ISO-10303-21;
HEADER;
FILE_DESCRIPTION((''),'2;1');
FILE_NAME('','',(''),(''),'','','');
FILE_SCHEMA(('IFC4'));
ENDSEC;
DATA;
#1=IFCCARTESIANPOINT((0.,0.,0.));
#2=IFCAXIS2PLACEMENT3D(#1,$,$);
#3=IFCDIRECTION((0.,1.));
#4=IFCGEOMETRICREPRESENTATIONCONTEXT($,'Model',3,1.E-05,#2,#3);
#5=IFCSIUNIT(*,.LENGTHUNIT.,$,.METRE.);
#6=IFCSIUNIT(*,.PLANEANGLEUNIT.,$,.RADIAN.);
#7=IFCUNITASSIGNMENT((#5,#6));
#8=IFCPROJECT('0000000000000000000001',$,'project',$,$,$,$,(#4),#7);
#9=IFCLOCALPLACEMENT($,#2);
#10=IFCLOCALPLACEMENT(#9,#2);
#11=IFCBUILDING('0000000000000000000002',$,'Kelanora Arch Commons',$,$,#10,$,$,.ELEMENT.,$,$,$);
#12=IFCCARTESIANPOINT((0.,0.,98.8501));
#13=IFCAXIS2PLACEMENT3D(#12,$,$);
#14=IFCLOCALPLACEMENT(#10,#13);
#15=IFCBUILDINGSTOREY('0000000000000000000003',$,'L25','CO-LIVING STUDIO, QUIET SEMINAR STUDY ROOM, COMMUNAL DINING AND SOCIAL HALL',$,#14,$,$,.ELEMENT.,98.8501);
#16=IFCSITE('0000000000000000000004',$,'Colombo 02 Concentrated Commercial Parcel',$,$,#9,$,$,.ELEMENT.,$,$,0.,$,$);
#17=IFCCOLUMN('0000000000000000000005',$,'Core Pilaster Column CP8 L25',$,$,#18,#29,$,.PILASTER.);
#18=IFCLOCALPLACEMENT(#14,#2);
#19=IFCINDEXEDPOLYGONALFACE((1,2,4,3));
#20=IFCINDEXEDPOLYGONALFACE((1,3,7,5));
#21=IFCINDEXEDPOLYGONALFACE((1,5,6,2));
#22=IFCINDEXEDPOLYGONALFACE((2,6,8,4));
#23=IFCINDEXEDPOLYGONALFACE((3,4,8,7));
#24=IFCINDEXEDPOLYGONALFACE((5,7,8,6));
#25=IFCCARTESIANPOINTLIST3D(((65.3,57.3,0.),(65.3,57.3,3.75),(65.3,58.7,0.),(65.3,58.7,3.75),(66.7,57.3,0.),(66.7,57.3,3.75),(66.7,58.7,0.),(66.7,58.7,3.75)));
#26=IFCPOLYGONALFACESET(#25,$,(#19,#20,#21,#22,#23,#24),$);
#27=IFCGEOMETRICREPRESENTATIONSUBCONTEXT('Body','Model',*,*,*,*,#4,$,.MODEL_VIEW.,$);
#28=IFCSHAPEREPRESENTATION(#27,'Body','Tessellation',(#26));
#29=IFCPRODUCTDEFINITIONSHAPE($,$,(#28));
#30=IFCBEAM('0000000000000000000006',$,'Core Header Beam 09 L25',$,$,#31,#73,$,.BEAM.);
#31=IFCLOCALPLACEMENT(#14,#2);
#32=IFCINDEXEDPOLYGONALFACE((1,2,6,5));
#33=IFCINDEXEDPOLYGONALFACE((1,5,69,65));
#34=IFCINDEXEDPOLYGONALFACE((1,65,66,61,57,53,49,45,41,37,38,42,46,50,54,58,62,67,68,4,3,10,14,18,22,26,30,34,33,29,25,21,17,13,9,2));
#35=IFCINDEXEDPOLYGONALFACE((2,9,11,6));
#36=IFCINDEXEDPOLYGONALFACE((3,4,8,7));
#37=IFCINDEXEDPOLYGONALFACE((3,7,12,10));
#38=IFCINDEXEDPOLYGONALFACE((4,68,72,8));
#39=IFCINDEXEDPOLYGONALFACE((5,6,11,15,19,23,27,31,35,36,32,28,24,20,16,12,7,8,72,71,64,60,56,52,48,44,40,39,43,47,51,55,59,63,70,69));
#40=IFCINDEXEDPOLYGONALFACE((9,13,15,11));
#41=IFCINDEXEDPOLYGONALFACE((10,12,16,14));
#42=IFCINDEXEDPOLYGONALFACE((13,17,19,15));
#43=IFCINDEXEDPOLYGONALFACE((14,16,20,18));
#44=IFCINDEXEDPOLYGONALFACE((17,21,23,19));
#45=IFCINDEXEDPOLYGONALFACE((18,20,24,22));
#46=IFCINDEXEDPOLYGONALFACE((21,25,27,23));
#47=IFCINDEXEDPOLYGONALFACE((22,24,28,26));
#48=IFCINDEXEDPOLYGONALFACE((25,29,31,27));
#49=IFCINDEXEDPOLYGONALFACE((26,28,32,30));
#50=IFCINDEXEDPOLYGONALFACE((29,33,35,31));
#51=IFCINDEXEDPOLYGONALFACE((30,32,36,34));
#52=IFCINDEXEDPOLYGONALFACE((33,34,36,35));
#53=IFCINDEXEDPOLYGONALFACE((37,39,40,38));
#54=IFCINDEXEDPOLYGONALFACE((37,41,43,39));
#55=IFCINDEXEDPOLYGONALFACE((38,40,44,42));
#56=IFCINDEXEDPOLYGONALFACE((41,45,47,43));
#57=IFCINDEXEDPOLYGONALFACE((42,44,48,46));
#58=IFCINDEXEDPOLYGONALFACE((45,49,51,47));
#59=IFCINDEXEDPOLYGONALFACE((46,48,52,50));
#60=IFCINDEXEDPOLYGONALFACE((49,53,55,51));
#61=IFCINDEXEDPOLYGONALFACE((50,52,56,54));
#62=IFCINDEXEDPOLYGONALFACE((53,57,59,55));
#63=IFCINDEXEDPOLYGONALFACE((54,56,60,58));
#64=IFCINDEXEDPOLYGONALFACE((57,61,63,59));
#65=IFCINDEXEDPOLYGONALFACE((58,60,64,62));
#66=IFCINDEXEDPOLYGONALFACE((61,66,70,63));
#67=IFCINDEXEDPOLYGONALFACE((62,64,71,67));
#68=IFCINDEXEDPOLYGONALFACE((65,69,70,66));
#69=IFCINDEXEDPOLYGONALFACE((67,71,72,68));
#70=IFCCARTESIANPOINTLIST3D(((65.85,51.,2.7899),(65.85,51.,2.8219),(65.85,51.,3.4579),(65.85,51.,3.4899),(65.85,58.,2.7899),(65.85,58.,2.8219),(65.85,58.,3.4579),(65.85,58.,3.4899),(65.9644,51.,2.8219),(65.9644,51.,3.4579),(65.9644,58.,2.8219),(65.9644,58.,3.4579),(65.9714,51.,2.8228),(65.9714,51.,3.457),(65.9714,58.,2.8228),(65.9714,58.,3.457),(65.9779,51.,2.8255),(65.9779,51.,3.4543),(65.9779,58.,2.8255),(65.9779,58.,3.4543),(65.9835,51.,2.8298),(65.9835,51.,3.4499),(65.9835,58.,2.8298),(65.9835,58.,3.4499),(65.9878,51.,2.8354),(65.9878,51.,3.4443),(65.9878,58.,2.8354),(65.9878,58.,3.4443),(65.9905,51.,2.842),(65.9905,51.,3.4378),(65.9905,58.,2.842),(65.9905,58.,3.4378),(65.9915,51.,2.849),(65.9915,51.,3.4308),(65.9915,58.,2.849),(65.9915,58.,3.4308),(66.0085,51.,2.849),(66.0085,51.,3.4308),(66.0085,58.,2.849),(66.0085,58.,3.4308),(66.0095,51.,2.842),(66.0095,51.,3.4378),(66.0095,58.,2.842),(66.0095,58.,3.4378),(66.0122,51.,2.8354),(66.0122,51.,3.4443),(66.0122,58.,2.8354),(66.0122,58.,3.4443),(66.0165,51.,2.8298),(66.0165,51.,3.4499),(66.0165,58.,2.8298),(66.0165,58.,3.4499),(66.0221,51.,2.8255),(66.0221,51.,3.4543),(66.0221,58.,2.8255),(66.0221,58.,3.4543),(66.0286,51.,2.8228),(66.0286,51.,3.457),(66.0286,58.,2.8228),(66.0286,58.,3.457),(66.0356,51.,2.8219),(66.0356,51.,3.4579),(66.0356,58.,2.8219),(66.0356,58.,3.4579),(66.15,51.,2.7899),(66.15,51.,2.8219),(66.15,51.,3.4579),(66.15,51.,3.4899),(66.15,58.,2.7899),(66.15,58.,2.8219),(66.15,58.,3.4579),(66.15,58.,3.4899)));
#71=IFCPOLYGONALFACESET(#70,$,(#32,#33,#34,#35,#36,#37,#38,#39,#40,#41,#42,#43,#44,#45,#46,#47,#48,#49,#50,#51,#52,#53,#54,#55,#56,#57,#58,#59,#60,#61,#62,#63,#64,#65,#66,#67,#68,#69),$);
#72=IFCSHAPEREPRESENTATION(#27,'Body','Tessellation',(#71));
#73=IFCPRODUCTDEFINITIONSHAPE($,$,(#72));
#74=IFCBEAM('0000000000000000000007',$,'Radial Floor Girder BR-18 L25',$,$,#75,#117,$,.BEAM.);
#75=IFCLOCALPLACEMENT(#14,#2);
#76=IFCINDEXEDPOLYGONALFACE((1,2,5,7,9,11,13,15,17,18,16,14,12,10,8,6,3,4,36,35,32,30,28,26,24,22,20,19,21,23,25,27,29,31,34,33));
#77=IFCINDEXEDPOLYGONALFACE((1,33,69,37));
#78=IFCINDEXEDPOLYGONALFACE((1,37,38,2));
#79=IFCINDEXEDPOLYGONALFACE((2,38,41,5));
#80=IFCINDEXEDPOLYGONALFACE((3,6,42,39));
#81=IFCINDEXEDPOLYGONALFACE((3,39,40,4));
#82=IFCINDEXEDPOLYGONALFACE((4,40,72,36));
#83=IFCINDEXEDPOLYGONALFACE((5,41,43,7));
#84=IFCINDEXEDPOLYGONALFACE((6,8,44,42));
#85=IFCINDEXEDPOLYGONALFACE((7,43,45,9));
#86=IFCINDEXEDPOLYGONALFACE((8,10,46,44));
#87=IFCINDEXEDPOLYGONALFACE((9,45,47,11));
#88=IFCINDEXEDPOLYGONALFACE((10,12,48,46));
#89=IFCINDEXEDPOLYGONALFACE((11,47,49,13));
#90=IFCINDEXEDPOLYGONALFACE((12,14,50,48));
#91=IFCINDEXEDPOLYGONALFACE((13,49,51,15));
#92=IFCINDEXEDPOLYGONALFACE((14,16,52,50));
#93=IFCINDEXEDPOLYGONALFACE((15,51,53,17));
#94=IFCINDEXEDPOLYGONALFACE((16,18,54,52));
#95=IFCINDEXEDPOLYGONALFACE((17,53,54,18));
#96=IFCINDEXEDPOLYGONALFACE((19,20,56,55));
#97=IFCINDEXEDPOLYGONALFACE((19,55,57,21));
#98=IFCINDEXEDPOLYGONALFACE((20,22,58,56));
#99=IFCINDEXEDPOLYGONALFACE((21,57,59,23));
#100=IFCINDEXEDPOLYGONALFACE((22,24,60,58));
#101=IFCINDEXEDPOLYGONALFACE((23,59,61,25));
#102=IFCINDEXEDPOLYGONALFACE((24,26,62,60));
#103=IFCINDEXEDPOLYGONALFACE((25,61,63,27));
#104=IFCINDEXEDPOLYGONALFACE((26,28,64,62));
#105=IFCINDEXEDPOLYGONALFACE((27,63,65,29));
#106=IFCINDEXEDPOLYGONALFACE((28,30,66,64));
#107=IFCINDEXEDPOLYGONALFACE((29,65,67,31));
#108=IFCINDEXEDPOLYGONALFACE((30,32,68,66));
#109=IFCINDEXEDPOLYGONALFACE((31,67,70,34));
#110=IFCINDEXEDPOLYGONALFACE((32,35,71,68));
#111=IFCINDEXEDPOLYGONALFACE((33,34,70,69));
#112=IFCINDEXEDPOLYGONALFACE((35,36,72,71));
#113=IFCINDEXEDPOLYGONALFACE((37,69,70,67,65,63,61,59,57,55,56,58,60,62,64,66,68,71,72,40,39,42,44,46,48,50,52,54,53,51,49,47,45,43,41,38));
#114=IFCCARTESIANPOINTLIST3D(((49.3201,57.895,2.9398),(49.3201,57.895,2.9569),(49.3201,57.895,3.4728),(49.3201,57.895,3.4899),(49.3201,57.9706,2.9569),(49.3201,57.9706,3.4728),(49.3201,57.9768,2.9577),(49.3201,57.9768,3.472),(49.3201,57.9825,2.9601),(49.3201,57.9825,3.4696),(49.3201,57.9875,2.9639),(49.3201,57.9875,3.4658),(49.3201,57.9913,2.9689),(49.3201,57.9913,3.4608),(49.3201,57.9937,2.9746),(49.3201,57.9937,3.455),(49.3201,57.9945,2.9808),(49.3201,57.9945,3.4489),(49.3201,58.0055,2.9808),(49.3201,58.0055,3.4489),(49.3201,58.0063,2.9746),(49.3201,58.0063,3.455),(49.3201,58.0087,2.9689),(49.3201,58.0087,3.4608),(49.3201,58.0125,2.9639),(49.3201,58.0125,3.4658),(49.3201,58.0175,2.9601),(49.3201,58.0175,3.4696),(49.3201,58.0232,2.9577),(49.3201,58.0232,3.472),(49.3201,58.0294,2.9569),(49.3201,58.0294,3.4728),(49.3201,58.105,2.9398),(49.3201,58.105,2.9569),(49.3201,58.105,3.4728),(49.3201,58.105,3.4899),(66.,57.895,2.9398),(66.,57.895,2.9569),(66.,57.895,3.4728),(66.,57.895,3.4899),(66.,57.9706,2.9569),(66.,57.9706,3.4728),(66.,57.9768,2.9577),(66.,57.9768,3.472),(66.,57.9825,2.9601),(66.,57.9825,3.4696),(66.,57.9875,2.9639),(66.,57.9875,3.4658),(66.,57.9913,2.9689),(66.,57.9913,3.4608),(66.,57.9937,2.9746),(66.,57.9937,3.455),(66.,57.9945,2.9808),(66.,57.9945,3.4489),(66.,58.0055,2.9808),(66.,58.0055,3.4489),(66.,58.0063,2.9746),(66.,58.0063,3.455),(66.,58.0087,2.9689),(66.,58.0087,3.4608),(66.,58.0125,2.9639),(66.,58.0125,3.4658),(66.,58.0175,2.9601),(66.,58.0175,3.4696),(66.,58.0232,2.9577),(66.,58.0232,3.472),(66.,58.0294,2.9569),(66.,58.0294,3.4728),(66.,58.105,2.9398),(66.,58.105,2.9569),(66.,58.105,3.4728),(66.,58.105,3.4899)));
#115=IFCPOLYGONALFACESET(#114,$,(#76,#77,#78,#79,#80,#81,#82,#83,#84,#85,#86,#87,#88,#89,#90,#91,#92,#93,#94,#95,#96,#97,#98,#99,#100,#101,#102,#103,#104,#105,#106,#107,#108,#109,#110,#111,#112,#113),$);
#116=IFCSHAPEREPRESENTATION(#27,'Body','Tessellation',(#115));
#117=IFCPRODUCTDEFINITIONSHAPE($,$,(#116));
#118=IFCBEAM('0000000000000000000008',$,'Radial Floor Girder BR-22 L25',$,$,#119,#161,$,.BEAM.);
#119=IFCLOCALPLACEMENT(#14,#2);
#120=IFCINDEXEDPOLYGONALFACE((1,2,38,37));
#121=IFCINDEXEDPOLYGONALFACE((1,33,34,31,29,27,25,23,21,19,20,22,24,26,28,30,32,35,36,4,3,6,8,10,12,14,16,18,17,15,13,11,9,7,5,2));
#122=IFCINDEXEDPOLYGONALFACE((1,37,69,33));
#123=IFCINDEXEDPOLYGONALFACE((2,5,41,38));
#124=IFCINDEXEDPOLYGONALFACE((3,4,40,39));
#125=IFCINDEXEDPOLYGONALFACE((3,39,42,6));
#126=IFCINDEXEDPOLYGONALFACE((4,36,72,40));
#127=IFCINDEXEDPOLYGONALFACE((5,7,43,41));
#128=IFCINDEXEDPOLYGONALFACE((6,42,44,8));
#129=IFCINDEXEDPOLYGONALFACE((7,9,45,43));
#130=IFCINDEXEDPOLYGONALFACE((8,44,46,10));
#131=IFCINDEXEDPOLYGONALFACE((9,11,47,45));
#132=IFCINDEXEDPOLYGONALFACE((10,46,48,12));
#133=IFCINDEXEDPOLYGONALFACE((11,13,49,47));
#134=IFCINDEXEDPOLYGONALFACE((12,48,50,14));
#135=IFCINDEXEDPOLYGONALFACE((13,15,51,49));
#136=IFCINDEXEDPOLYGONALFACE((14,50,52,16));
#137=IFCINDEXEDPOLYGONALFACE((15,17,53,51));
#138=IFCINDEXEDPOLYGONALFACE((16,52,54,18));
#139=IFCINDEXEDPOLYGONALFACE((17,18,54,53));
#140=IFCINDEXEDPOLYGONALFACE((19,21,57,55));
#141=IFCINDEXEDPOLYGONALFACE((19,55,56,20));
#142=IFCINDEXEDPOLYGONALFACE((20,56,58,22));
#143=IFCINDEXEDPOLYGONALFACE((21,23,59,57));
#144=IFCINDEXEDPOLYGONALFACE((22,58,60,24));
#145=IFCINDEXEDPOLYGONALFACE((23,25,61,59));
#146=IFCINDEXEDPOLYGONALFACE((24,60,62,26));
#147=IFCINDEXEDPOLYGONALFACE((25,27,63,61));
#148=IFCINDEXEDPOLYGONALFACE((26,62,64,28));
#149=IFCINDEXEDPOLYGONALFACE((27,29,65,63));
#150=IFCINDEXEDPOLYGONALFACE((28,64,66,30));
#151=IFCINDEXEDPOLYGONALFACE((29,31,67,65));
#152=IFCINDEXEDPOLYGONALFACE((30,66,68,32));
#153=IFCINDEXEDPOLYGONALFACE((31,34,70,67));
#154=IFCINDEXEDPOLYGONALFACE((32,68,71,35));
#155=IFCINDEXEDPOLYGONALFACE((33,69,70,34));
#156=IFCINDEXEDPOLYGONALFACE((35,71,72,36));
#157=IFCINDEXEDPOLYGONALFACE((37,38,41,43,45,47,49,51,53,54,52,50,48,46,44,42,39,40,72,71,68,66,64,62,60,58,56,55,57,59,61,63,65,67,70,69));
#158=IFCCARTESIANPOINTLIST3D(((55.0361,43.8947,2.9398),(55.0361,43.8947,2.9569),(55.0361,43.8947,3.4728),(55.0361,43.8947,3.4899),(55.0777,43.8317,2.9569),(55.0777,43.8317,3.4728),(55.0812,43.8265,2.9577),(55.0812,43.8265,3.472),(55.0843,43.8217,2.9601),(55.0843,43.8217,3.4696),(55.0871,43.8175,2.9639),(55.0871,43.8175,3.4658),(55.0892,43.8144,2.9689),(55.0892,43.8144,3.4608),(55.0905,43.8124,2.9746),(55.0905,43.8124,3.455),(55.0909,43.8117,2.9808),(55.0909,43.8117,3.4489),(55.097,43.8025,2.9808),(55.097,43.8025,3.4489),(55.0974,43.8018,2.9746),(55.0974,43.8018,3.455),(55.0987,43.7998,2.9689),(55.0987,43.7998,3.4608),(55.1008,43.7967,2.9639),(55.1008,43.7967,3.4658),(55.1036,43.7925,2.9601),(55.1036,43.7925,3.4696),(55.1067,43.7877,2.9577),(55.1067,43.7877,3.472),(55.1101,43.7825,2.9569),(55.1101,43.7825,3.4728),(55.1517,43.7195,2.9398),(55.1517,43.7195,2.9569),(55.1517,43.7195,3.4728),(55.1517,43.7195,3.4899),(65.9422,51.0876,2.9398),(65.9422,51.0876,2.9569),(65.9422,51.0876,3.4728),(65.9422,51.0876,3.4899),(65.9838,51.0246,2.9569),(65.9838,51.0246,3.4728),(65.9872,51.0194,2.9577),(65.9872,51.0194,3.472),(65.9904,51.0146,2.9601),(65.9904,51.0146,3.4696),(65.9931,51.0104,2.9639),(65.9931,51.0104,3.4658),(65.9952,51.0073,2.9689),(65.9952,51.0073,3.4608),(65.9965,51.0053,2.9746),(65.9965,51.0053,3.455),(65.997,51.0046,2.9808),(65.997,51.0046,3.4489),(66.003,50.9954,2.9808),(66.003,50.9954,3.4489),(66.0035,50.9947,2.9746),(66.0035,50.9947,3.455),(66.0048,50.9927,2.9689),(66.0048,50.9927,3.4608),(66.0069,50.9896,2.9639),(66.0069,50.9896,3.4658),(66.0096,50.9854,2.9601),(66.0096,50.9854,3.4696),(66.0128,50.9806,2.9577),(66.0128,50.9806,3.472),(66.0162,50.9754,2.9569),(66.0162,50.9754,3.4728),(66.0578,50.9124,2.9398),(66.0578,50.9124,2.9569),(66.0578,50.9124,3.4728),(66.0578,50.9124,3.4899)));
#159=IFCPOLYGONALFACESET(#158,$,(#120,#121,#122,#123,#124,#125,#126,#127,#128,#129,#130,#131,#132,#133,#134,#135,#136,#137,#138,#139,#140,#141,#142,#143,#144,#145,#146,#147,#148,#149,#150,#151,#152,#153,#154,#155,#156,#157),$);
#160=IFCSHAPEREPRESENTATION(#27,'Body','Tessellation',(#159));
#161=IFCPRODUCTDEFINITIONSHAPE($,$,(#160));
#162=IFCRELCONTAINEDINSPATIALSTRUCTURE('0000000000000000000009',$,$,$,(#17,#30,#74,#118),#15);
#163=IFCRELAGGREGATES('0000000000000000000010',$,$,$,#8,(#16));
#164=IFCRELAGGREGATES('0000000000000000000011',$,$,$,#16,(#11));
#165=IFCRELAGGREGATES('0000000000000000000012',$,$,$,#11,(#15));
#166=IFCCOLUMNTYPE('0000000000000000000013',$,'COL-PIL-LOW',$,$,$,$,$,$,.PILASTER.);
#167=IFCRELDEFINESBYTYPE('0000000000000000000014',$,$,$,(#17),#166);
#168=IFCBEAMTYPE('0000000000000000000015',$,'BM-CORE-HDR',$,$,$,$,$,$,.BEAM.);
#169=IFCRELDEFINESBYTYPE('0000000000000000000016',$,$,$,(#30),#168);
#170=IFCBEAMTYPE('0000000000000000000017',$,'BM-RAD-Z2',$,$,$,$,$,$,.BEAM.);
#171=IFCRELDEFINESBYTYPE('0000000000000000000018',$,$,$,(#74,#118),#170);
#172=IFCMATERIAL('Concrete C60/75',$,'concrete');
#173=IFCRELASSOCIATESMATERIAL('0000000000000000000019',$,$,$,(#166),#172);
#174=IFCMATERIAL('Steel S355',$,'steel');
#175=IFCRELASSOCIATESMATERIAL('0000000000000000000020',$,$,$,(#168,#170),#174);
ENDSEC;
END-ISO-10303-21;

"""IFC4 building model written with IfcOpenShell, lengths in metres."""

from ifc_helpers import new_model, si_unit, direction, frame, origin, origin_2d, place, context, subcontext, project, spatial, rectangle, i_section, extrude, material, material_profile, profile_set, type_object, element, save


model = new_model("IFC4")

# Units and contexts
model_context = context("Model", 3, precision=1e-05, world=origin(), true_north=direction((0.0, 1.0)))
body_context = subcontext(model_context, "Body", "Model", "MODEL_VIEW")
ifc_project = project(units=[si_unit("LENGTHUNIT", "METRE"), si_unit("PLANEANGLEUNIT", "RADIAN")], contexts=[model_context])

# Site, building, storey
site_placement = place(None, origin())
site = spatial("IfcSite", under=ifc_project, at=site_placement, Name="Colombo 02 Concentrated Commercial Parcel", CompositionType="ELEMENT", RefElevation=0.0)
building_placement = place(site_placement, origin())
building = spatial("IfcBuilding", under=site, at=building_placement, Name="Kelanora Arch Commons", CompositionType="ELEMENT")
storey_placement = place(building_placement, frame((0.0, 0.0, 98.8501)))
storey = spatial("IfcBuildingStorey", under=building, at=storey_placement, Name="L25", Description="CO-LIVING STUDIO, QUIET SEMINAR STUDY ROOM, COMMUNAL DINING AND SOCIAL HALL", CompositionType="ELEMENT", Elevation=98.8501)

# Column
ifc_material_1 = material(Name="Concrete C60/75", Category="concrete")
ifc_material_profile_1 = material_profile(ifc_material_1, rectangle(XDim=1.3999, YDim=1.3999, at=origin_2d()), Name="RC1400x1400")
ifc_profile_set_1 = profile_set([ifc_material_profile_1], Name="Concrete C60/75")
column_type = type_object("IfcColumnType", Name="COL-PIL-LOW", PredefinedType="PILASTER", material=ifc_profile_set_1)
column_placement = place(storey_placement, frame((66.0, 58.0, 0.0), z_axis=(0.0, 0.0, 1.0), x_axis=(1.0, 0.0, 0.0)))
element("IfcColumn", 1, at=column_placement, inside=storey, type_object=column_type, Name="Core Pilaster Column CP8 L25", PredefinedType="PILASTER", context=body_context, shape_type="SweptSolid", body=[
    extrude(rectangle(XDim=1.3999, YDim=1.3999, at=origin_2d()), origin(), (0.0, 0.0, 1.0), 3.75),
])

# Beams
ifc_material_2 = material(Name="Steel S355", Category="steel")
ifc_material_profile_2 = material_profile(ifc_material_2, i_section(OverallWidth=0.3, OverallDepth=0.7, WebThickness=0.0171, FlangeThickness=0.032, FilletRadius=0.0271, at=origin_2d()), Name="HEB700")
ifc_profile_set_2 = profile_set([ifc_material_profile_2], Name="Steel S355")
beam_type_1 = type_object("IfcBeamType", Name="BM-CORE-HDR", PredefinedType="BEAM", material=ifc_profile_set_2)
beam_1_placement = place(storey_placement, frame((66.0, 58.0, 3.1399), z_axis=(0.0, -1.0, 0.0), x_axis=(1.0, 0.0, 0.0)))
element("IfcBeam", 2, at=beam_1_placement, inside=storey, type_object=beam_type_1, Name="Core Header Beam 09 L25", PredefinedType="BEAM", context=body_context, shape_type="SweptSolid", body=[
    extrude(i_section(OverallWidth=0.3, OverallDepth=0.7, WebThickness=0.0171, FlangeThickness=0.032, FilletRadius=0.0271, at=origin_2d()), origin(), (0.0, 0.0, 1.0), 7.0),
])
ifc_material_profile_3 = material_profile(ifc_material_2, i_section(OverallWidth=0.21, OverallDepth=0.55, WebThickness=0.011, FlangeThickness=0.0171, FilletRadius=0.0239, at=origin_2d()), Name="IPE550")
ifc_profile_set_3 = profile_set([ifc_material_profile_3], Name="Steel S355")
beam_type_2 = type_object("IfcBeamType", Name="BM-RAD-Z2", PredefinedType="BEAM", material=ifc_profile_set_3)
beam_2_placement = place(storey_placement, frame((66.0, 58.0, 3.2148), z_axis=(-1.0, 0.0, 0.0), x_axis=(0.0, -1.0, 0.0)))
element("IfcBeam", 3, at=beam_2_placement, inside=storey, type_object=beam_type_2, Name="Radial Floor Girder BR-18 L25", PredefinedType="BEAM", context=body_context, shape_type="SweptSolid", body=[
    extrude(i_section(OverallWidth=0.21, OverallDepth=0.55, WebThickness=0.011, FlangeThickness=0.0171, FilletRadius=0.0239, at=origin_2d()), origin(), (0.0, 0.0, 1.0), 16.6799),
])
beam_3_placement = place(storey_placement, frame((66.0, 51.0, 3.2148), z_axis=(-0.834789, -0.550571, 0.0), x_axis=(0.550571, -0.834789, 0.0)))
element("IfcBeam", 4, at=beam_3_placement, inside=storey, type_object=beam_type_2, Name="Radial Floor Girder BR-22 L25", PredefinedType="BEAM", context=body_context, shape_type="SweptSolid", body=[
    extrude(i_section(OverallWidth=0.21, OverallDepth=0.55, WebThickness=0.011, FlangeThickness=0.0171, FilletRadius=0.0239, at=origin_2d()), origin(), (0.0, 0.0, 1.0), 13.0645),
])

save(model, "model.ifc")
